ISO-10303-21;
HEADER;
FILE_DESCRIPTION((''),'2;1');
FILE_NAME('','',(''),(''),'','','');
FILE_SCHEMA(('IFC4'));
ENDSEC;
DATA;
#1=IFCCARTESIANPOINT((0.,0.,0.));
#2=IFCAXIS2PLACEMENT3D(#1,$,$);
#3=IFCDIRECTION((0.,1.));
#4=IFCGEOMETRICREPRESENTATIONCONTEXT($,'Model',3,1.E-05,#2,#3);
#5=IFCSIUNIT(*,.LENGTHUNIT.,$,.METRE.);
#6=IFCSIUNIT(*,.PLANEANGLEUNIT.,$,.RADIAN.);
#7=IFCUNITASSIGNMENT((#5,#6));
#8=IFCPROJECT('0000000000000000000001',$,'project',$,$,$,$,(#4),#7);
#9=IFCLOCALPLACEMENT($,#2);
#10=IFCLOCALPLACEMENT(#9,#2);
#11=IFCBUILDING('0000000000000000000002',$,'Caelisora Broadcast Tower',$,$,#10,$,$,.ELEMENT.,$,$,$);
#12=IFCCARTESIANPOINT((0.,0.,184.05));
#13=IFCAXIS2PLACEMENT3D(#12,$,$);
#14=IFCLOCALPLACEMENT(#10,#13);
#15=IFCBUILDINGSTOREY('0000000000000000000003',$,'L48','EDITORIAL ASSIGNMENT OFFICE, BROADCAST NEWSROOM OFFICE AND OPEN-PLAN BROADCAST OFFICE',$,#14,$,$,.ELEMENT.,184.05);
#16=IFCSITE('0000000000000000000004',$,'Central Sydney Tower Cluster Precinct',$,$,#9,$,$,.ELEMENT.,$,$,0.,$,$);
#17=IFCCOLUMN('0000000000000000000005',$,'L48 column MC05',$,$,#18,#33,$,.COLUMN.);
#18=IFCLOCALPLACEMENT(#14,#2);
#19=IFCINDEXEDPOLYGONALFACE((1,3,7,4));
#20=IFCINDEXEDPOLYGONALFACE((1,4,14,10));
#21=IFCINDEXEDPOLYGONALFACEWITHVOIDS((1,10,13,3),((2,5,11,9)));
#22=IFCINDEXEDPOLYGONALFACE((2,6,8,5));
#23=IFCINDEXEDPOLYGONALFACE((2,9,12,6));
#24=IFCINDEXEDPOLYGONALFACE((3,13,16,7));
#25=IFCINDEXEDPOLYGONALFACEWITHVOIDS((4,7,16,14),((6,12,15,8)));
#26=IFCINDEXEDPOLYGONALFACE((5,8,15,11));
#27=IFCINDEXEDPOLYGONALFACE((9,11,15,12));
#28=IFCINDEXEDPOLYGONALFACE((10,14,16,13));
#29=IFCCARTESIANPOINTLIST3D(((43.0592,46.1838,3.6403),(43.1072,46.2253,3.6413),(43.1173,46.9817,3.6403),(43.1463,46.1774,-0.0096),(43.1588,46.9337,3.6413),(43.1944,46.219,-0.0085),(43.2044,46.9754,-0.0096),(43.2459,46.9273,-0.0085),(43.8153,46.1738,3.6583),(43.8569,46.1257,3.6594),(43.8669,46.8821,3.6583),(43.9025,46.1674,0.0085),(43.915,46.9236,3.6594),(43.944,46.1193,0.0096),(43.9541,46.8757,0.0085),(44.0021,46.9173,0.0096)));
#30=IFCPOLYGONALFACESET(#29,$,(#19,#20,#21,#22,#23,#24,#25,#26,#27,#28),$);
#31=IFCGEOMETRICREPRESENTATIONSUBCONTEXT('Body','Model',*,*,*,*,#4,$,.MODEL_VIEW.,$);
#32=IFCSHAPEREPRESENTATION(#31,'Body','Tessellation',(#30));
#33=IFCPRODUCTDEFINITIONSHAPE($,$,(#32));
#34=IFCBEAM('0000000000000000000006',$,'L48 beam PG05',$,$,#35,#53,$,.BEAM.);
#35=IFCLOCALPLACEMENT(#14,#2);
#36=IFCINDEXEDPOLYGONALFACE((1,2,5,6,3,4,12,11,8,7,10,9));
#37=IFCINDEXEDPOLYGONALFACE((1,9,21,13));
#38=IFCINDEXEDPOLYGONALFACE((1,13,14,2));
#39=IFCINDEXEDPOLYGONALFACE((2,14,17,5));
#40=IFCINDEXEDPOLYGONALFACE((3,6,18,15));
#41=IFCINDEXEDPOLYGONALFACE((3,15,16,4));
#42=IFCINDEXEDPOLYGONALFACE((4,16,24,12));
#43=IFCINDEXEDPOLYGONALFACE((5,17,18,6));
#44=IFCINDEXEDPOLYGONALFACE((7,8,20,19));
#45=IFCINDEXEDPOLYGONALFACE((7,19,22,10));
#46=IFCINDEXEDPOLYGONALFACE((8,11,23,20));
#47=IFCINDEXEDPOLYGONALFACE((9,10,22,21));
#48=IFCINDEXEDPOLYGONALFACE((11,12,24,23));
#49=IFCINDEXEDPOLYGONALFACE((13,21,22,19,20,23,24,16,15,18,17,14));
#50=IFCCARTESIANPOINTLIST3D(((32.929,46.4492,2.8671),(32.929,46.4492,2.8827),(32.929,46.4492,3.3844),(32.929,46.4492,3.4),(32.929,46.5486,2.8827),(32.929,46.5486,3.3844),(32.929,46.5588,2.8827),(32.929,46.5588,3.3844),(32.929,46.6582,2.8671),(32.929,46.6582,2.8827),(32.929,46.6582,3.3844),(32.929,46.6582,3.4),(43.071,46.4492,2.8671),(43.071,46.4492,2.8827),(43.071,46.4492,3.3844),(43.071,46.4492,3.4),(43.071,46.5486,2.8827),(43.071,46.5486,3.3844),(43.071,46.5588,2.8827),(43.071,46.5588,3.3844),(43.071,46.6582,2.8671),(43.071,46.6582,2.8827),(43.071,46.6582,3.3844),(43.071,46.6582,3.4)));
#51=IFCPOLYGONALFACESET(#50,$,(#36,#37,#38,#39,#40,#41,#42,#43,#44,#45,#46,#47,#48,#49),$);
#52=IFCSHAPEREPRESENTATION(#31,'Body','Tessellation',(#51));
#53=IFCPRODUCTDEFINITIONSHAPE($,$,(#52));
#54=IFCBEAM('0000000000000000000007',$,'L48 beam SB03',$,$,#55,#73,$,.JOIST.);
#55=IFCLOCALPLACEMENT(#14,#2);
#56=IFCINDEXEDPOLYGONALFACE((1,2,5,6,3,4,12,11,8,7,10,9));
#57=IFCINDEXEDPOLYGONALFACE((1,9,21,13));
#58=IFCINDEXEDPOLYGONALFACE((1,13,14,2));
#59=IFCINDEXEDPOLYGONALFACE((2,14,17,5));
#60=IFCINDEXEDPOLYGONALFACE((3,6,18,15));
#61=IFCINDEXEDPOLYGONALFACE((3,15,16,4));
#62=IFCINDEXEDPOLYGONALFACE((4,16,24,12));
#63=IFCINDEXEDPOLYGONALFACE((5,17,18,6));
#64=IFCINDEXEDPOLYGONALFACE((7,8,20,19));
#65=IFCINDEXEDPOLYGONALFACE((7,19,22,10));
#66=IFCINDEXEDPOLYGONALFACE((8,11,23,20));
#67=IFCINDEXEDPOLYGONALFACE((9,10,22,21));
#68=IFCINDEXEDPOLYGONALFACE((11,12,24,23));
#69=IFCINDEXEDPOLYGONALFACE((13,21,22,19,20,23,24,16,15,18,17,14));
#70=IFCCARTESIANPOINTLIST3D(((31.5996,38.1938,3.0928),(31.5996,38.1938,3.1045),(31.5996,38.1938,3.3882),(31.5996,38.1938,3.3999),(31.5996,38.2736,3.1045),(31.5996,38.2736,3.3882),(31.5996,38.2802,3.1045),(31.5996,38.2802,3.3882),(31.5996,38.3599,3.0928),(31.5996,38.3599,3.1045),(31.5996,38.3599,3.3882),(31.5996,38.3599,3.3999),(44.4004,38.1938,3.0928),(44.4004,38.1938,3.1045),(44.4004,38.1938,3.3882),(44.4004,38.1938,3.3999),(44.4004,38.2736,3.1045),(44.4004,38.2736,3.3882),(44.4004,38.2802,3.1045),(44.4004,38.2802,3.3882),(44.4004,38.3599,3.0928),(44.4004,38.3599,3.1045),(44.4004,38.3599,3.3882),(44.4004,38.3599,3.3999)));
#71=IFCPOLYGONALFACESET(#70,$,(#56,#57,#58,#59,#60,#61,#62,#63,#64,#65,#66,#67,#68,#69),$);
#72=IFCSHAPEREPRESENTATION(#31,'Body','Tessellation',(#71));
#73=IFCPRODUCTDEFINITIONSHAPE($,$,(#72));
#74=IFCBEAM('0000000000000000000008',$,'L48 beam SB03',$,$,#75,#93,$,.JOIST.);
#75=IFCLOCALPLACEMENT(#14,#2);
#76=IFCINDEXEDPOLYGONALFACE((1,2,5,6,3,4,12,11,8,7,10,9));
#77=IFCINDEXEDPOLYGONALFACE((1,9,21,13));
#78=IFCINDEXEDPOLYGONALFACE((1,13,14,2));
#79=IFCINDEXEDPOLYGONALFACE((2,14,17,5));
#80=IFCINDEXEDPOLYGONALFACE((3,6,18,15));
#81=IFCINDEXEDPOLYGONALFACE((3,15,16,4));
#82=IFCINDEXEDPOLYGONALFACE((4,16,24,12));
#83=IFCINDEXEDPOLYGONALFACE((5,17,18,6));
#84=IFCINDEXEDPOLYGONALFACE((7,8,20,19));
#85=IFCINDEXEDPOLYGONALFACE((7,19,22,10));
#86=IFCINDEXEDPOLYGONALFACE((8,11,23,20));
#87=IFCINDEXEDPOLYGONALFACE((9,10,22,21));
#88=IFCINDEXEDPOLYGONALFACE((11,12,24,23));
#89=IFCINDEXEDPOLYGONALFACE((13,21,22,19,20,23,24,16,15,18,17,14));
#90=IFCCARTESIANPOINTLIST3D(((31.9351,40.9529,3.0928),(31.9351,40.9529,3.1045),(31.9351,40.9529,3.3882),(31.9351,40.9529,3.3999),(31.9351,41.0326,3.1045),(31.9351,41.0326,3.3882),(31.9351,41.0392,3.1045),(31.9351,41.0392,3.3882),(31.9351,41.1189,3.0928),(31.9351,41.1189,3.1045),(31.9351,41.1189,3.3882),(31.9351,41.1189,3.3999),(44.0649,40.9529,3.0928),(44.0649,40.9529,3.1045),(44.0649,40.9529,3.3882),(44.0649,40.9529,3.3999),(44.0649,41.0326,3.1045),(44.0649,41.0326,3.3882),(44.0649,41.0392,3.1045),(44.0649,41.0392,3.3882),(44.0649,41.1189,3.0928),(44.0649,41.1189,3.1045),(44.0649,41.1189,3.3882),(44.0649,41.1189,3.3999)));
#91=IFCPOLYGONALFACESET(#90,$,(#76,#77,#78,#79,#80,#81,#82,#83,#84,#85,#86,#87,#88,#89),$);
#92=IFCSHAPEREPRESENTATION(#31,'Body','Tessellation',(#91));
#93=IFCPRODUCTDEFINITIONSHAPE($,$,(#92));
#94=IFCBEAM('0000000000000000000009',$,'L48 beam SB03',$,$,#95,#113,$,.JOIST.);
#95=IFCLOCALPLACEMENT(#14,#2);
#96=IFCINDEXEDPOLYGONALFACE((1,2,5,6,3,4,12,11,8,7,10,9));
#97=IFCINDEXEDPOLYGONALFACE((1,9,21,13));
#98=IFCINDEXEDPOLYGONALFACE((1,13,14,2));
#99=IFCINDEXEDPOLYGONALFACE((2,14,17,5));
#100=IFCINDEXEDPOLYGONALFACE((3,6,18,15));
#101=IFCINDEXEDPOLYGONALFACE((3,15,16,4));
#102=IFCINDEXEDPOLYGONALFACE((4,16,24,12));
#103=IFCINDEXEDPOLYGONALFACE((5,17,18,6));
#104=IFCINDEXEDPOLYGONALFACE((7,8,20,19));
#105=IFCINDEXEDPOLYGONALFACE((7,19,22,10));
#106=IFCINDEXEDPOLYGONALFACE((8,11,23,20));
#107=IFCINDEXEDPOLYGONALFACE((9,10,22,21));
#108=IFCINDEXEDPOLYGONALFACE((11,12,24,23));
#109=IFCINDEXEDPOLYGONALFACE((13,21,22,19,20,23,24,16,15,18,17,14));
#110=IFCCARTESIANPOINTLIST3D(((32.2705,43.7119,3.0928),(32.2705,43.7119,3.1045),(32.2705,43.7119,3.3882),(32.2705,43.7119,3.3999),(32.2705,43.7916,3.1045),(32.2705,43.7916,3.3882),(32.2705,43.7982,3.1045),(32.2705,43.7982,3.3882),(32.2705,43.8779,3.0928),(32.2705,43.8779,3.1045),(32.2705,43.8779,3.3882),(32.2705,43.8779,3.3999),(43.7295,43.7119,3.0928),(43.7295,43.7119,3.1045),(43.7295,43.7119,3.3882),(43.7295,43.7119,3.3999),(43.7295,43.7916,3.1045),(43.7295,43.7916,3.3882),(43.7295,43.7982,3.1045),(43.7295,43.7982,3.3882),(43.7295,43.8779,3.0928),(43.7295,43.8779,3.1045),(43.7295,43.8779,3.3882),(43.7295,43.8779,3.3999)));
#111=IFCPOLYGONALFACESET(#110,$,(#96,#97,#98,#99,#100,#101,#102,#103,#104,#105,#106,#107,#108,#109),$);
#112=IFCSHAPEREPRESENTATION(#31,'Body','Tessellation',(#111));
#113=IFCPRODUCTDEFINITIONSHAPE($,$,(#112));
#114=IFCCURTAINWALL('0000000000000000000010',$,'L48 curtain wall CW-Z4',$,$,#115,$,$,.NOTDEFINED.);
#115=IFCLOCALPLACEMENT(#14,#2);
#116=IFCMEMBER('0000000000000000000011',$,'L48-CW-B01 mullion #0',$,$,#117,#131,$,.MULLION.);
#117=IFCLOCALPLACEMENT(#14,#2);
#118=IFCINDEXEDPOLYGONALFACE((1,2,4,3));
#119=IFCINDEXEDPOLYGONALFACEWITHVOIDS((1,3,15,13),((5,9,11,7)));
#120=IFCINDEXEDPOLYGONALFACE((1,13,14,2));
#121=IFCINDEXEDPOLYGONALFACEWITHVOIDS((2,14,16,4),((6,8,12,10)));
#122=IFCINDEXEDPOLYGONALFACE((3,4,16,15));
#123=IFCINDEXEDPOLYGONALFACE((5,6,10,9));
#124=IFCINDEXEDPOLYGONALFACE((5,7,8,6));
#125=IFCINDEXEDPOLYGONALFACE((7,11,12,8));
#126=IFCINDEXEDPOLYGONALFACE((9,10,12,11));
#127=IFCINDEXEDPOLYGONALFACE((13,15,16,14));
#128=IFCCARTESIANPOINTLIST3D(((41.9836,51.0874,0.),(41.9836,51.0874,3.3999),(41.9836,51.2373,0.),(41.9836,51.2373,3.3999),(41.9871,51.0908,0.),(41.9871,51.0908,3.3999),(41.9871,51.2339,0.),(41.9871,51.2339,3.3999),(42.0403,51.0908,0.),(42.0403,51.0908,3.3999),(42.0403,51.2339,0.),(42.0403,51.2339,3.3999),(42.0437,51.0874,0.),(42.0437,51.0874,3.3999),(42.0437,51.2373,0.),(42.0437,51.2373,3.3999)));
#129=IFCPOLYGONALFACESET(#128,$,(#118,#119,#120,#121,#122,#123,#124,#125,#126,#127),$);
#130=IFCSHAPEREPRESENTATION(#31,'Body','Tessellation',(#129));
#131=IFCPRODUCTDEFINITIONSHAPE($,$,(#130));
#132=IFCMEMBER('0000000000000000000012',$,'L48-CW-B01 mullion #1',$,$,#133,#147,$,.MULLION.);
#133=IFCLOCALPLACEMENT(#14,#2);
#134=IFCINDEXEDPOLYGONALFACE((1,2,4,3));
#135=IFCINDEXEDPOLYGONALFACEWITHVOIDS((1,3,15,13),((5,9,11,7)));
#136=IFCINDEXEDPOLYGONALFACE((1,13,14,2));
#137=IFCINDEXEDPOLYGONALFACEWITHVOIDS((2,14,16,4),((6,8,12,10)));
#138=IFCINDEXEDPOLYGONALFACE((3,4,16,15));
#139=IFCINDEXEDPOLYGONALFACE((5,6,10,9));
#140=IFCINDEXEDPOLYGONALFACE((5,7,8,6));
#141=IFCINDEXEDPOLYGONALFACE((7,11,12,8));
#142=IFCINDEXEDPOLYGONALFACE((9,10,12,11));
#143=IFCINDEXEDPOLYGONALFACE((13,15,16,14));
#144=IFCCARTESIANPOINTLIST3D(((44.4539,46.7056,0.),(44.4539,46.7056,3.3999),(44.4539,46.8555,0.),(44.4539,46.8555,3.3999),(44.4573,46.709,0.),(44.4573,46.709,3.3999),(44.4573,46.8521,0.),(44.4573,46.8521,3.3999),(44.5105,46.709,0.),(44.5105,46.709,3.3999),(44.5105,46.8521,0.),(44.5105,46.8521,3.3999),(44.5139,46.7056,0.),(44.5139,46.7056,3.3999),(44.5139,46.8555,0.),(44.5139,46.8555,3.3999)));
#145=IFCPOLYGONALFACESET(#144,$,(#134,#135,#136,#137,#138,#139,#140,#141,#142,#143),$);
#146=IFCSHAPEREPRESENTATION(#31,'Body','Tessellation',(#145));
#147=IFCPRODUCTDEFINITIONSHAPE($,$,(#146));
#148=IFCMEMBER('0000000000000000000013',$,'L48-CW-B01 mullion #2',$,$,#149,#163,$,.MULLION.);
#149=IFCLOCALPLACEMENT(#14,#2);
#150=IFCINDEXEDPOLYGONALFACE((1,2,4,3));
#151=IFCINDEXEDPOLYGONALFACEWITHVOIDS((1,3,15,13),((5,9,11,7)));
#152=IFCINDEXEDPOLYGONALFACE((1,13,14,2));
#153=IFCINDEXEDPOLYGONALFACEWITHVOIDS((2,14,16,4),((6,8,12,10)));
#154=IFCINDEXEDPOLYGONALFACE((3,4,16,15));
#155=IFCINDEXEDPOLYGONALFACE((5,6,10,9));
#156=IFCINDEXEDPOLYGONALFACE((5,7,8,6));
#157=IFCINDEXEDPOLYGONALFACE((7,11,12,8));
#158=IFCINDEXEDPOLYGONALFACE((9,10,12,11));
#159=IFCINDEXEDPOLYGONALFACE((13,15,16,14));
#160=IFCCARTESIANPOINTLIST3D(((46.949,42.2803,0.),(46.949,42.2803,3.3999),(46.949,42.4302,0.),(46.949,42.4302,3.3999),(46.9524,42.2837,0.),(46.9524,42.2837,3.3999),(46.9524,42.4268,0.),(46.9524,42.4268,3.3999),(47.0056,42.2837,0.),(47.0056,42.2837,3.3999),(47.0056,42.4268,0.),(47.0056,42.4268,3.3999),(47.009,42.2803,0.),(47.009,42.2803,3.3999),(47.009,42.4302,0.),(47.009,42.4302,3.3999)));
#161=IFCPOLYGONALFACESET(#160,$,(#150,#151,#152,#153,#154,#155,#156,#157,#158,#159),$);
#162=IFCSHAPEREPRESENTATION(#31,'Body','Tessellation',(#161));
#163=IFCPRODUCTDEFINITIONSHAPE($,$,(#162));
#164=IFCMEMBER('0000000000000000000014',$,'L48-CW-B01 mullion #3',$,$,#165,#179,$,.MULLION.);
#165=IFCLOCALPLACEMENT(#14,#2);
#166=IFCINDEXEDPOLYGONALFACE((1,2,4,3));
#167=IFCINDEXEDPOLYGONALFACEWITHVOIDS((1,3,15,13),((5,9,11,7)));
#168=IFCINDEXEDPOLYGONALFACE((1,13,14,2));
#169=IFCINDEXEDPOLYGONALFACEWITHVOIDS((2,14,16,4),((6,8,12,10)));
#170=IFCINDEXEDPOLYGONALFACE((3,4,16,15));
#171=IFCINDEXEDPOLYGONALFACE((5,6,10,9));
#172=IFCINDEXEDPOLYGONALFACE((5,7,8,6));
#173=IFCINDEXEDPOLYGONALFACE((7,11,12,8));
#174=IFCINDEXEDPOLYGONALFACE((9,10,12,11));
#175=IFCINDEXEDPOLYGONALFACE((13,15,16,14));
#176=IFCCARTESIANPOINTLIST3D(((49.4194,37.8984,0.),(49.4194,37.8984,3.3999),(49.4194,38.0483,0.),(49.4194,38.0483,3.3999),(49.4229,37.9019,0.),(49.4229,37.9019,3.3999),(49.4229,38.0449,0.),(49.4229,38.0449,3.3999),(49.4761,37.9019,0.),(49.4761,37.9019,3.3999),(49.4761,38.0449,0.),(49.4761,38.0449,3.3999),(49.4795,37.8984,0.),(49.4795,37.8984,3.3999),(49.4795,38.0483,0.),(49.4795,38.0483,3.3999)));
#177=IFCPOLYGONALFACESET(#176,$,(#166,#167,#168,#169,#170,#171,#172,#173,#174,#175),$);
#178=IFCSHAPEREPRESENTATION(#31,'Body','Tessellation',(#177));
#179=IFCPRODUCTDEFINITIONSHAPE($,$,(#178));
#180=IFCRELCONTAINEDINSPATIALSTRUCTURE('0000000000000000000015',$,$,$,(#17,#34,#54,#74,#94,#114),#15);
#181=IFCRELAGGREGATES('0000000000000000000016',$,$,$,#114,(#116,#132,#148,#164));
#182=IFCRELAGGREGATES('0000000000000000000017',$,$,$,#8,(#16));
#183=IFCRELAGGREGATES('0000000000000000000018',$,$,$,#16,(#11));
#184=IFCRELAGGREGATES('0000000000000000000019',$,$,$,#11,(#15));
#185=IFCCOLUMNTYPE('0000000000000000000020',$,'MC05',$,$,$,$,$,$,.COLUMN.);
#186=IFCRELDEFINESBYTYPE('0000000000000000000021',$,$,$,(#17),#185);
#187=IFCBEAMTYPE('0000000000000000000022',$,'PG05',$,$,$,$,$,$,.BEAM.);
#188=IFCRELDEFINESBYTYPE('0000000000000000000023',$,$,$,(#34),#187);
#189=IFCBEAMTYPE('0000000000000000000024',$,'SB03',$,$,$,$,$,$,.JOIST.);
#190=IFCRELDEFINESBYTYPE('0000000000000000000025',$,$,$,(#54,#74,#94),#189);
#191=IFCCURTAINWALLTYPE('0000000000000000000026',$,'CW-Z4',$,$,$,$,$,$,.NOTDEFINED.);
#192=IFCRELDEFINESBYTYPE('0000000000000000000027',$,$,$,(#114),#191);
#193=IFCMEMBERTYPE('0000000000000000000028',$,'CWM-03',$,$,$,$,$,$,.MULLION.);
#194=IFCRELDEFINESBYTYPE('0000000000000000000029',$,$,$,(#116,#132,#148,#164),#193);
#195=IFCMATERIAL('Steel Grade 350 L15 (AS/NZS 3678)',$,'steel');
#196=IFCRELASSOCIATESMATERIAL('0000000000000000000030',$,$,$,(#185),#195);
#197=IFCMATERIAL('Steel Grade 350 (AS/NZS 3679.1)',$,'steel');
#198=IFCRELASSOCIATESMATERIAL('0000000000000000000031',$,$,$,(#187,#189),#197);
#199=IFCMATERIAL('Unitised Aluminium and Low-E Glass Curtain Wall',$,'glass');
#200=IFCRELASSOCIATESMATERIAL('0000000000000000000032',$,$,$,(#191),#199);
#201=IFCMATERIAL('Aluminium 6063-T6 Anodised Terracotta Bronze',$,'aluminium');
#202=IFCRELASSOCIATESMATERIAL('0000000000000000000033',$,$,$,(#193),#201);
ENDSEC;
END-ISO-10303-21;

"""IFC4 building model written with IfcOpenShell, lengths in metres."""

from ifc_helpers import new_model, si_unit, direction, frame, origin, origin_2d, place, context, subcontext, project, spatial, hollow_rectangle, i_section, extrude, source, transform, mapped, material, material_profile, profile_set, type_object, type_shapes, element, aggregate, save


model = new_model("IFC4")

# Units and contexts
model_context = context("Model", 3, precision=1e-05, world=origin(), true_north=direction((0.0, 1.0)))
body_context = subcontext(model_context, "Body", "Model", "MODEL_VIEW")
ifc_project = project(units=[si_unit("LENGTHUNIT", "METRE"), si_unit("PLANEANGLEUNIT", "RADIAN")], contexts=[model_context])

# Site, building, storey
site_placement = place(None, origin())
site = spatial("IfcSite", under=ifc_project, at=site_placement, Name="Central Sydney Tower Cluster Precinct", CompositionType="ELEMENT", RefElevation=0.0)
building_placement = place(site_placement, origin())
building = spatial("IfcBuilding", under=site, at=building_placement, Name="Caelisora Broadcast Tower", CompositionType="ELEMENT")
storey_placement = place(building_placement, frame((0.0, 0.0, 184.05)))
storey = spatial("IfcBuildingStorey", under=building, at=storey_placement, Name="L48", Description="EDITORIAL ASSIGNMENT OFFICE, BROADCAST NEWSROOM OFFICE AND OPEN-PLAN BROADCAST OFFICE", CompositionType="ELEMENT", Elevation=184.05)

# Column
ifc_material_1 = material(Name="Steel Grade 350 L15 (AS/NZS 3678)", Category="steel")
ifc_material_profile_1 = material_profile(ifc_material_1, hollow_rectangle(XDim=0.8, YDim=0.8, WallThickness=0.0449, at=origin_2d()), Name="Steel Grade 350 L15 (AS/NZS 3678)")
ifc_profile_set_1 = profile_set([ifc_material_profile_1], Name="Steel Grade 350 L15 (AS/NZS 3678)")
column_type = type_object("IfcColumnType", Name="MC05", PredefinedType="COLUMN", material=ifc_profile_set_1)
shared_shape_1 = source(origin(), body_context, "Body", "SweptSolid", [
    extrude(hollow_rectangle(XDim=0.8, YDim=0.8, WallThickness=0.0449, at=origin_2d()), origin(), (0.0, 0.0, 1.0), 3.6509),
])
type_shapes(column_type, [shared_shape_1])
column_placement = place(storey_placement, frame((43.5742, 46.5474, 0.0), z_axis=(-0.023873, 0.001739, 0.999713), x_axis=(-0.072637, -0.997358, 0.0)))
element("IfcColumn", 1, at=column_placement, inside=storey, type_object=column_type, Name="L48 column MC05", PredefinedType="COLUMN", context=body_context, shape_type="MappedRepresentation", body=[
    mapped(shared_shape_1, transform((0.0, 0.0, 0.0), scale=1.0)),
])

# Beams
ifc_material_2 = material(Name="Steel Grade 350 (AS/NZS 3679.1)", Category="steel")
ifc_material_profile_2 = material_profile(ifc_material_2, i_section(OverallWidth=0.209, OverallDepth=0.533, WebThickness=0.0103, FlangeThickness=0.0156, at=origin_2d()), Name="Steel Grade 350 (AS/NZS 3679.1)")
ifc_profile_set_2 = profile_set([ifc_material_profile_2], Name="Steel Grade 350 (AS/NZS 3679.1)")
beam_type_1 = type_object("IfcBeamType", Name="PG05", PredefinedType="BEAM", material=ifc_profile_set_2)
shared_shape_2 = source(origin(), body_context, "Body", "SweptSolid", [
    extrude(i_section(OverallWidth=0.209, OverallDepth=0.533, WebThickness=0.0103, FlangeThickness=0.0156, at=origin_2d()), origin(), (0.0, 0.0, 1.0), 10.1421),
])
type_shapes(beam_type_1, [shared_shape_2])
beam_1_placement = place(storey_placement, frame((43.071, 46.5537, 3.1335), z_axis=(-1.0, 0.0, 0.0), x_axis=(0.0, -1.0, 0.0)))
element("IfcBeam", 2, at=beam_1_placement, inside=storey, type_object=beam_type_1, Name="L48 beam PG05", PredefinedType="BEAM", context=body_context, shape_type="MappedRepresentation", body=[
    mapped(shared_shape_2, transform((0.0, 0.0, 0.0), scale=1.0)),
])
ifc_material_profile_3 = material_profile(ifc_material_2, i_section(OverallWidth=0.166, OverallDepth=0.3071, WebThickness=0.0066, FlangeThickness=0.0117, at=origin_2d()), Name="Steel Grade 350 (AS/NZS 3679.1)")
ifc_profile_set_3 = profile_set([ifc_material_profile_3], Name="Steel Grade 350 (AS/NZS 3679.1)")
beam_type_2 = type_object("IfcBeamType", Name="SB03", PredefinedType="JOIST", material=ifc_profile_set_3)
shared_shape_3 = source(origin(), body_context, "Body", "SweptSolid", [
    extrude(i_section(OverallWidth=0.166, OverallDepth=0.3071, WebThickness=0.0066, FlangeThickness=0.0117, at=origin_2d()), origin(), (0.0, 0.0, 1.0), 12.8008),
])
beam_2_placement = place(storey_placement, frame((44.4004, 38.2769, 3.2463), z_axis=(-1.0, 0.0, 0.0), x_axis=(0.0, -1.0, 0.0)))
element("IfcBeam", 3, at=beam_2_placement, inside=storey, type_object=beam_type_2, Name="L48 beam SB03", PredefinedType="JOIST", context=body_context, shape_type="MappedRepresentation", body=[
    mapped(shared_shape_3, transform((0.0, 0.0, 0.0), scale=1.0)),
])
shared_shape_4 = source(origin(), body_context, "Body", "SweptSolid", [
    extrude(i_section(OverallWidth=0.166, OverallDepth=0.3071, WebThickness=0.0066, FlangeThickness=0.0117, at=origin_2d()), origin(), (0.0, 0.0, 1.0), 12.1299),
])
beam_3_placement = place(storey_placement, frame((44.0649, 41.0359, 3.2463), z_axis=(-1.0, 0.0, 0.0), x_axis=(0.0, -1.0, 0.0)))
element("IfcBeam", 4, at=beam_3_placement, inside=storey, type_object=beam_type_2, Name="L48 beam SB03", PredefinedType="JOIST", context=body_context, shape_type="MappedRepresentation", body=[
    mapped(shared_shape_4, transform((0.0, 0.0, 0.0), scale=1.0)),
])
shared_shape_5 = source(origin(), body_context, "Body", "SweptSolid", [
    extrude(i_section(OverallWidth=0.166, OverallDepth=0.3071, WebThickness=0.0066, FlangeThickness=0.0117, at=origin_2d()), origin(), (0.0, 0.0, 1.0), 11.459),
])
type_shapes(beam_type_2, [shared_shape_3, shared_shape_4, shared_shape_5])
beam_4_placement = place(storey_placement, frame((43.7295, 43.7949, 3.2463), z_axis=(-1.0, 0.0, 0.0), x_axis=(0.0, -1.0, 0.0)))
element("IfcBeam", 5, at=beam_4_placement, inside=storey, type_object=beam_type_2, Name="L48 beam SB03", PredefinedType="JOIST", context=body_context, shape_type="MappedRepresentation", body=[
    mapped(shared_shape_5, transform((0.0, 0.0, 0.0), scale=1.0)),
])

# Curtain wall, members
ifc_material_3 = material(Name="Unitised Aluminium and Low-E Glass Curtain Wall", Category="glass")
curtain_wall_type_1 = type_object("IfcCurtainWallType", Name="CW-Z4", PredefinedType="NOTDEFINED", material=ifc_material_3)
curtain_wall_1_placement = place(storey_placement, origin())
curtain_wall_1 = element("IfcCurtainWall", 6, at=curtain_wall_1_placement, inside=storey, type_object=curtain_wall_type_1, Name="L48 curtain wall CW-Z4", PredefinedType="NOTDEFINED")
ifc_material_4 = material(Name="Aluminium 6063-T6 Anodised Terracotta Bronze", Category="aluminium")
ifc_material_profile_4 = material_profile(ifc_material_4, hollow_rectangle(XDim=0.0601, YDim=0.1499, WallThickness=0.0034, at=origin_2d()), Name="Aluminium 6063-T6 Anodised Terracotta Bronze")
ifc_profile_set_4 = profile_set([ifc_material_profile_4], Name="Aluminium 6063-T6 Anodised Terracotta Bronze")
member_type_1 = type_object("IfcMemberType", Name="CWM-03", PredefinedType="MULLION", material=ifc_profile_set_4)
shared_shape_6 = source(origin(), body_context, "Body", "SweptSolid", [
    extrude(hollow_rectangle(XDim=0.0601, YDim=0.1499, WallThickness=0.0034, at=origin_2d()), origin(), (0.0, 0.0, 1.0), 3.3999),
])
type_shapes(member_type_1, [shared_shape_6])
member_1_placement = place(storey_placement, frame((42.0137, 51.1624, 0.0), z_axis=(0.0, 0.0, 1.0), x_axis=(1.0, 0.0, 0.0)))
member_1 = element("IfcMember", 7, at=member_1_placement, type_object=member_type_1, Name="L48-CW-B01 mullion #0", PredefinedType="MULLION", context=body_context, shape_type="MappedRepresentation", body=[
    mapped(shared_shape_6, transform((0.0, 0.0, 0.0), scale=1.0)),
])
member_2_placement = place(storey_placement, frame((44.4839, 46.7805, 0.0), z_axis=(0.0, 0.0, 1.0), x_axis=(1.0, 0.0, 0.0)))
member_2 = element("IfcMember", 8, at=member_2_placement, type_object=member_type_1, Name="L48-CW-B01 mullion #1", PredefinedType="MULLION", context=body_context, shape_type="MappedRepresentation", body=[
    mapped(shared_shape_6, transform((0.0, 0.0, 0.0), scale=1.0)),
])
member_3_placement = place(storey_placement, frame((46.979, 42.3552, 0.0), z_axis=(0.0, 0.0, 1.0), x_axis=(1.0, 0.0, 0.0)))
member_3 = element("IfcMember", 9, at=member_3_placement, type_object=member_type_1, Name="L48-CW-B01 mullion #2", PredefinedType="MULLION", context=body_context, shape_type="MappedRepresentation", body=[
    mapped(shared_shape_6, transform((0.0, 0.0, 0.0), scale=1.0)),
])
member_4_placement = place(storey_placement, frame((49.4495, 37.9734, 0.0), z_axis=(0.0, 0.0, 1.0), x_axis=(1.0, 0.0, 0.0)))
member_4 = element("IfcMember", 10, at=member_4_placement, type_object=member_type_1, Name="L48-CW-B01 mullion #3", PredefinedType="MULLION", context=body_context, shape_type="MappedRepresentation", body=[
    mapped(shared_shape_6, transform((0.0, 0.0, 0.0), scale=1.0)),
])

aggregate(curtain_wall_1, [member_1, member_2, member_3, member_4])

save(model, "model.ifc")
